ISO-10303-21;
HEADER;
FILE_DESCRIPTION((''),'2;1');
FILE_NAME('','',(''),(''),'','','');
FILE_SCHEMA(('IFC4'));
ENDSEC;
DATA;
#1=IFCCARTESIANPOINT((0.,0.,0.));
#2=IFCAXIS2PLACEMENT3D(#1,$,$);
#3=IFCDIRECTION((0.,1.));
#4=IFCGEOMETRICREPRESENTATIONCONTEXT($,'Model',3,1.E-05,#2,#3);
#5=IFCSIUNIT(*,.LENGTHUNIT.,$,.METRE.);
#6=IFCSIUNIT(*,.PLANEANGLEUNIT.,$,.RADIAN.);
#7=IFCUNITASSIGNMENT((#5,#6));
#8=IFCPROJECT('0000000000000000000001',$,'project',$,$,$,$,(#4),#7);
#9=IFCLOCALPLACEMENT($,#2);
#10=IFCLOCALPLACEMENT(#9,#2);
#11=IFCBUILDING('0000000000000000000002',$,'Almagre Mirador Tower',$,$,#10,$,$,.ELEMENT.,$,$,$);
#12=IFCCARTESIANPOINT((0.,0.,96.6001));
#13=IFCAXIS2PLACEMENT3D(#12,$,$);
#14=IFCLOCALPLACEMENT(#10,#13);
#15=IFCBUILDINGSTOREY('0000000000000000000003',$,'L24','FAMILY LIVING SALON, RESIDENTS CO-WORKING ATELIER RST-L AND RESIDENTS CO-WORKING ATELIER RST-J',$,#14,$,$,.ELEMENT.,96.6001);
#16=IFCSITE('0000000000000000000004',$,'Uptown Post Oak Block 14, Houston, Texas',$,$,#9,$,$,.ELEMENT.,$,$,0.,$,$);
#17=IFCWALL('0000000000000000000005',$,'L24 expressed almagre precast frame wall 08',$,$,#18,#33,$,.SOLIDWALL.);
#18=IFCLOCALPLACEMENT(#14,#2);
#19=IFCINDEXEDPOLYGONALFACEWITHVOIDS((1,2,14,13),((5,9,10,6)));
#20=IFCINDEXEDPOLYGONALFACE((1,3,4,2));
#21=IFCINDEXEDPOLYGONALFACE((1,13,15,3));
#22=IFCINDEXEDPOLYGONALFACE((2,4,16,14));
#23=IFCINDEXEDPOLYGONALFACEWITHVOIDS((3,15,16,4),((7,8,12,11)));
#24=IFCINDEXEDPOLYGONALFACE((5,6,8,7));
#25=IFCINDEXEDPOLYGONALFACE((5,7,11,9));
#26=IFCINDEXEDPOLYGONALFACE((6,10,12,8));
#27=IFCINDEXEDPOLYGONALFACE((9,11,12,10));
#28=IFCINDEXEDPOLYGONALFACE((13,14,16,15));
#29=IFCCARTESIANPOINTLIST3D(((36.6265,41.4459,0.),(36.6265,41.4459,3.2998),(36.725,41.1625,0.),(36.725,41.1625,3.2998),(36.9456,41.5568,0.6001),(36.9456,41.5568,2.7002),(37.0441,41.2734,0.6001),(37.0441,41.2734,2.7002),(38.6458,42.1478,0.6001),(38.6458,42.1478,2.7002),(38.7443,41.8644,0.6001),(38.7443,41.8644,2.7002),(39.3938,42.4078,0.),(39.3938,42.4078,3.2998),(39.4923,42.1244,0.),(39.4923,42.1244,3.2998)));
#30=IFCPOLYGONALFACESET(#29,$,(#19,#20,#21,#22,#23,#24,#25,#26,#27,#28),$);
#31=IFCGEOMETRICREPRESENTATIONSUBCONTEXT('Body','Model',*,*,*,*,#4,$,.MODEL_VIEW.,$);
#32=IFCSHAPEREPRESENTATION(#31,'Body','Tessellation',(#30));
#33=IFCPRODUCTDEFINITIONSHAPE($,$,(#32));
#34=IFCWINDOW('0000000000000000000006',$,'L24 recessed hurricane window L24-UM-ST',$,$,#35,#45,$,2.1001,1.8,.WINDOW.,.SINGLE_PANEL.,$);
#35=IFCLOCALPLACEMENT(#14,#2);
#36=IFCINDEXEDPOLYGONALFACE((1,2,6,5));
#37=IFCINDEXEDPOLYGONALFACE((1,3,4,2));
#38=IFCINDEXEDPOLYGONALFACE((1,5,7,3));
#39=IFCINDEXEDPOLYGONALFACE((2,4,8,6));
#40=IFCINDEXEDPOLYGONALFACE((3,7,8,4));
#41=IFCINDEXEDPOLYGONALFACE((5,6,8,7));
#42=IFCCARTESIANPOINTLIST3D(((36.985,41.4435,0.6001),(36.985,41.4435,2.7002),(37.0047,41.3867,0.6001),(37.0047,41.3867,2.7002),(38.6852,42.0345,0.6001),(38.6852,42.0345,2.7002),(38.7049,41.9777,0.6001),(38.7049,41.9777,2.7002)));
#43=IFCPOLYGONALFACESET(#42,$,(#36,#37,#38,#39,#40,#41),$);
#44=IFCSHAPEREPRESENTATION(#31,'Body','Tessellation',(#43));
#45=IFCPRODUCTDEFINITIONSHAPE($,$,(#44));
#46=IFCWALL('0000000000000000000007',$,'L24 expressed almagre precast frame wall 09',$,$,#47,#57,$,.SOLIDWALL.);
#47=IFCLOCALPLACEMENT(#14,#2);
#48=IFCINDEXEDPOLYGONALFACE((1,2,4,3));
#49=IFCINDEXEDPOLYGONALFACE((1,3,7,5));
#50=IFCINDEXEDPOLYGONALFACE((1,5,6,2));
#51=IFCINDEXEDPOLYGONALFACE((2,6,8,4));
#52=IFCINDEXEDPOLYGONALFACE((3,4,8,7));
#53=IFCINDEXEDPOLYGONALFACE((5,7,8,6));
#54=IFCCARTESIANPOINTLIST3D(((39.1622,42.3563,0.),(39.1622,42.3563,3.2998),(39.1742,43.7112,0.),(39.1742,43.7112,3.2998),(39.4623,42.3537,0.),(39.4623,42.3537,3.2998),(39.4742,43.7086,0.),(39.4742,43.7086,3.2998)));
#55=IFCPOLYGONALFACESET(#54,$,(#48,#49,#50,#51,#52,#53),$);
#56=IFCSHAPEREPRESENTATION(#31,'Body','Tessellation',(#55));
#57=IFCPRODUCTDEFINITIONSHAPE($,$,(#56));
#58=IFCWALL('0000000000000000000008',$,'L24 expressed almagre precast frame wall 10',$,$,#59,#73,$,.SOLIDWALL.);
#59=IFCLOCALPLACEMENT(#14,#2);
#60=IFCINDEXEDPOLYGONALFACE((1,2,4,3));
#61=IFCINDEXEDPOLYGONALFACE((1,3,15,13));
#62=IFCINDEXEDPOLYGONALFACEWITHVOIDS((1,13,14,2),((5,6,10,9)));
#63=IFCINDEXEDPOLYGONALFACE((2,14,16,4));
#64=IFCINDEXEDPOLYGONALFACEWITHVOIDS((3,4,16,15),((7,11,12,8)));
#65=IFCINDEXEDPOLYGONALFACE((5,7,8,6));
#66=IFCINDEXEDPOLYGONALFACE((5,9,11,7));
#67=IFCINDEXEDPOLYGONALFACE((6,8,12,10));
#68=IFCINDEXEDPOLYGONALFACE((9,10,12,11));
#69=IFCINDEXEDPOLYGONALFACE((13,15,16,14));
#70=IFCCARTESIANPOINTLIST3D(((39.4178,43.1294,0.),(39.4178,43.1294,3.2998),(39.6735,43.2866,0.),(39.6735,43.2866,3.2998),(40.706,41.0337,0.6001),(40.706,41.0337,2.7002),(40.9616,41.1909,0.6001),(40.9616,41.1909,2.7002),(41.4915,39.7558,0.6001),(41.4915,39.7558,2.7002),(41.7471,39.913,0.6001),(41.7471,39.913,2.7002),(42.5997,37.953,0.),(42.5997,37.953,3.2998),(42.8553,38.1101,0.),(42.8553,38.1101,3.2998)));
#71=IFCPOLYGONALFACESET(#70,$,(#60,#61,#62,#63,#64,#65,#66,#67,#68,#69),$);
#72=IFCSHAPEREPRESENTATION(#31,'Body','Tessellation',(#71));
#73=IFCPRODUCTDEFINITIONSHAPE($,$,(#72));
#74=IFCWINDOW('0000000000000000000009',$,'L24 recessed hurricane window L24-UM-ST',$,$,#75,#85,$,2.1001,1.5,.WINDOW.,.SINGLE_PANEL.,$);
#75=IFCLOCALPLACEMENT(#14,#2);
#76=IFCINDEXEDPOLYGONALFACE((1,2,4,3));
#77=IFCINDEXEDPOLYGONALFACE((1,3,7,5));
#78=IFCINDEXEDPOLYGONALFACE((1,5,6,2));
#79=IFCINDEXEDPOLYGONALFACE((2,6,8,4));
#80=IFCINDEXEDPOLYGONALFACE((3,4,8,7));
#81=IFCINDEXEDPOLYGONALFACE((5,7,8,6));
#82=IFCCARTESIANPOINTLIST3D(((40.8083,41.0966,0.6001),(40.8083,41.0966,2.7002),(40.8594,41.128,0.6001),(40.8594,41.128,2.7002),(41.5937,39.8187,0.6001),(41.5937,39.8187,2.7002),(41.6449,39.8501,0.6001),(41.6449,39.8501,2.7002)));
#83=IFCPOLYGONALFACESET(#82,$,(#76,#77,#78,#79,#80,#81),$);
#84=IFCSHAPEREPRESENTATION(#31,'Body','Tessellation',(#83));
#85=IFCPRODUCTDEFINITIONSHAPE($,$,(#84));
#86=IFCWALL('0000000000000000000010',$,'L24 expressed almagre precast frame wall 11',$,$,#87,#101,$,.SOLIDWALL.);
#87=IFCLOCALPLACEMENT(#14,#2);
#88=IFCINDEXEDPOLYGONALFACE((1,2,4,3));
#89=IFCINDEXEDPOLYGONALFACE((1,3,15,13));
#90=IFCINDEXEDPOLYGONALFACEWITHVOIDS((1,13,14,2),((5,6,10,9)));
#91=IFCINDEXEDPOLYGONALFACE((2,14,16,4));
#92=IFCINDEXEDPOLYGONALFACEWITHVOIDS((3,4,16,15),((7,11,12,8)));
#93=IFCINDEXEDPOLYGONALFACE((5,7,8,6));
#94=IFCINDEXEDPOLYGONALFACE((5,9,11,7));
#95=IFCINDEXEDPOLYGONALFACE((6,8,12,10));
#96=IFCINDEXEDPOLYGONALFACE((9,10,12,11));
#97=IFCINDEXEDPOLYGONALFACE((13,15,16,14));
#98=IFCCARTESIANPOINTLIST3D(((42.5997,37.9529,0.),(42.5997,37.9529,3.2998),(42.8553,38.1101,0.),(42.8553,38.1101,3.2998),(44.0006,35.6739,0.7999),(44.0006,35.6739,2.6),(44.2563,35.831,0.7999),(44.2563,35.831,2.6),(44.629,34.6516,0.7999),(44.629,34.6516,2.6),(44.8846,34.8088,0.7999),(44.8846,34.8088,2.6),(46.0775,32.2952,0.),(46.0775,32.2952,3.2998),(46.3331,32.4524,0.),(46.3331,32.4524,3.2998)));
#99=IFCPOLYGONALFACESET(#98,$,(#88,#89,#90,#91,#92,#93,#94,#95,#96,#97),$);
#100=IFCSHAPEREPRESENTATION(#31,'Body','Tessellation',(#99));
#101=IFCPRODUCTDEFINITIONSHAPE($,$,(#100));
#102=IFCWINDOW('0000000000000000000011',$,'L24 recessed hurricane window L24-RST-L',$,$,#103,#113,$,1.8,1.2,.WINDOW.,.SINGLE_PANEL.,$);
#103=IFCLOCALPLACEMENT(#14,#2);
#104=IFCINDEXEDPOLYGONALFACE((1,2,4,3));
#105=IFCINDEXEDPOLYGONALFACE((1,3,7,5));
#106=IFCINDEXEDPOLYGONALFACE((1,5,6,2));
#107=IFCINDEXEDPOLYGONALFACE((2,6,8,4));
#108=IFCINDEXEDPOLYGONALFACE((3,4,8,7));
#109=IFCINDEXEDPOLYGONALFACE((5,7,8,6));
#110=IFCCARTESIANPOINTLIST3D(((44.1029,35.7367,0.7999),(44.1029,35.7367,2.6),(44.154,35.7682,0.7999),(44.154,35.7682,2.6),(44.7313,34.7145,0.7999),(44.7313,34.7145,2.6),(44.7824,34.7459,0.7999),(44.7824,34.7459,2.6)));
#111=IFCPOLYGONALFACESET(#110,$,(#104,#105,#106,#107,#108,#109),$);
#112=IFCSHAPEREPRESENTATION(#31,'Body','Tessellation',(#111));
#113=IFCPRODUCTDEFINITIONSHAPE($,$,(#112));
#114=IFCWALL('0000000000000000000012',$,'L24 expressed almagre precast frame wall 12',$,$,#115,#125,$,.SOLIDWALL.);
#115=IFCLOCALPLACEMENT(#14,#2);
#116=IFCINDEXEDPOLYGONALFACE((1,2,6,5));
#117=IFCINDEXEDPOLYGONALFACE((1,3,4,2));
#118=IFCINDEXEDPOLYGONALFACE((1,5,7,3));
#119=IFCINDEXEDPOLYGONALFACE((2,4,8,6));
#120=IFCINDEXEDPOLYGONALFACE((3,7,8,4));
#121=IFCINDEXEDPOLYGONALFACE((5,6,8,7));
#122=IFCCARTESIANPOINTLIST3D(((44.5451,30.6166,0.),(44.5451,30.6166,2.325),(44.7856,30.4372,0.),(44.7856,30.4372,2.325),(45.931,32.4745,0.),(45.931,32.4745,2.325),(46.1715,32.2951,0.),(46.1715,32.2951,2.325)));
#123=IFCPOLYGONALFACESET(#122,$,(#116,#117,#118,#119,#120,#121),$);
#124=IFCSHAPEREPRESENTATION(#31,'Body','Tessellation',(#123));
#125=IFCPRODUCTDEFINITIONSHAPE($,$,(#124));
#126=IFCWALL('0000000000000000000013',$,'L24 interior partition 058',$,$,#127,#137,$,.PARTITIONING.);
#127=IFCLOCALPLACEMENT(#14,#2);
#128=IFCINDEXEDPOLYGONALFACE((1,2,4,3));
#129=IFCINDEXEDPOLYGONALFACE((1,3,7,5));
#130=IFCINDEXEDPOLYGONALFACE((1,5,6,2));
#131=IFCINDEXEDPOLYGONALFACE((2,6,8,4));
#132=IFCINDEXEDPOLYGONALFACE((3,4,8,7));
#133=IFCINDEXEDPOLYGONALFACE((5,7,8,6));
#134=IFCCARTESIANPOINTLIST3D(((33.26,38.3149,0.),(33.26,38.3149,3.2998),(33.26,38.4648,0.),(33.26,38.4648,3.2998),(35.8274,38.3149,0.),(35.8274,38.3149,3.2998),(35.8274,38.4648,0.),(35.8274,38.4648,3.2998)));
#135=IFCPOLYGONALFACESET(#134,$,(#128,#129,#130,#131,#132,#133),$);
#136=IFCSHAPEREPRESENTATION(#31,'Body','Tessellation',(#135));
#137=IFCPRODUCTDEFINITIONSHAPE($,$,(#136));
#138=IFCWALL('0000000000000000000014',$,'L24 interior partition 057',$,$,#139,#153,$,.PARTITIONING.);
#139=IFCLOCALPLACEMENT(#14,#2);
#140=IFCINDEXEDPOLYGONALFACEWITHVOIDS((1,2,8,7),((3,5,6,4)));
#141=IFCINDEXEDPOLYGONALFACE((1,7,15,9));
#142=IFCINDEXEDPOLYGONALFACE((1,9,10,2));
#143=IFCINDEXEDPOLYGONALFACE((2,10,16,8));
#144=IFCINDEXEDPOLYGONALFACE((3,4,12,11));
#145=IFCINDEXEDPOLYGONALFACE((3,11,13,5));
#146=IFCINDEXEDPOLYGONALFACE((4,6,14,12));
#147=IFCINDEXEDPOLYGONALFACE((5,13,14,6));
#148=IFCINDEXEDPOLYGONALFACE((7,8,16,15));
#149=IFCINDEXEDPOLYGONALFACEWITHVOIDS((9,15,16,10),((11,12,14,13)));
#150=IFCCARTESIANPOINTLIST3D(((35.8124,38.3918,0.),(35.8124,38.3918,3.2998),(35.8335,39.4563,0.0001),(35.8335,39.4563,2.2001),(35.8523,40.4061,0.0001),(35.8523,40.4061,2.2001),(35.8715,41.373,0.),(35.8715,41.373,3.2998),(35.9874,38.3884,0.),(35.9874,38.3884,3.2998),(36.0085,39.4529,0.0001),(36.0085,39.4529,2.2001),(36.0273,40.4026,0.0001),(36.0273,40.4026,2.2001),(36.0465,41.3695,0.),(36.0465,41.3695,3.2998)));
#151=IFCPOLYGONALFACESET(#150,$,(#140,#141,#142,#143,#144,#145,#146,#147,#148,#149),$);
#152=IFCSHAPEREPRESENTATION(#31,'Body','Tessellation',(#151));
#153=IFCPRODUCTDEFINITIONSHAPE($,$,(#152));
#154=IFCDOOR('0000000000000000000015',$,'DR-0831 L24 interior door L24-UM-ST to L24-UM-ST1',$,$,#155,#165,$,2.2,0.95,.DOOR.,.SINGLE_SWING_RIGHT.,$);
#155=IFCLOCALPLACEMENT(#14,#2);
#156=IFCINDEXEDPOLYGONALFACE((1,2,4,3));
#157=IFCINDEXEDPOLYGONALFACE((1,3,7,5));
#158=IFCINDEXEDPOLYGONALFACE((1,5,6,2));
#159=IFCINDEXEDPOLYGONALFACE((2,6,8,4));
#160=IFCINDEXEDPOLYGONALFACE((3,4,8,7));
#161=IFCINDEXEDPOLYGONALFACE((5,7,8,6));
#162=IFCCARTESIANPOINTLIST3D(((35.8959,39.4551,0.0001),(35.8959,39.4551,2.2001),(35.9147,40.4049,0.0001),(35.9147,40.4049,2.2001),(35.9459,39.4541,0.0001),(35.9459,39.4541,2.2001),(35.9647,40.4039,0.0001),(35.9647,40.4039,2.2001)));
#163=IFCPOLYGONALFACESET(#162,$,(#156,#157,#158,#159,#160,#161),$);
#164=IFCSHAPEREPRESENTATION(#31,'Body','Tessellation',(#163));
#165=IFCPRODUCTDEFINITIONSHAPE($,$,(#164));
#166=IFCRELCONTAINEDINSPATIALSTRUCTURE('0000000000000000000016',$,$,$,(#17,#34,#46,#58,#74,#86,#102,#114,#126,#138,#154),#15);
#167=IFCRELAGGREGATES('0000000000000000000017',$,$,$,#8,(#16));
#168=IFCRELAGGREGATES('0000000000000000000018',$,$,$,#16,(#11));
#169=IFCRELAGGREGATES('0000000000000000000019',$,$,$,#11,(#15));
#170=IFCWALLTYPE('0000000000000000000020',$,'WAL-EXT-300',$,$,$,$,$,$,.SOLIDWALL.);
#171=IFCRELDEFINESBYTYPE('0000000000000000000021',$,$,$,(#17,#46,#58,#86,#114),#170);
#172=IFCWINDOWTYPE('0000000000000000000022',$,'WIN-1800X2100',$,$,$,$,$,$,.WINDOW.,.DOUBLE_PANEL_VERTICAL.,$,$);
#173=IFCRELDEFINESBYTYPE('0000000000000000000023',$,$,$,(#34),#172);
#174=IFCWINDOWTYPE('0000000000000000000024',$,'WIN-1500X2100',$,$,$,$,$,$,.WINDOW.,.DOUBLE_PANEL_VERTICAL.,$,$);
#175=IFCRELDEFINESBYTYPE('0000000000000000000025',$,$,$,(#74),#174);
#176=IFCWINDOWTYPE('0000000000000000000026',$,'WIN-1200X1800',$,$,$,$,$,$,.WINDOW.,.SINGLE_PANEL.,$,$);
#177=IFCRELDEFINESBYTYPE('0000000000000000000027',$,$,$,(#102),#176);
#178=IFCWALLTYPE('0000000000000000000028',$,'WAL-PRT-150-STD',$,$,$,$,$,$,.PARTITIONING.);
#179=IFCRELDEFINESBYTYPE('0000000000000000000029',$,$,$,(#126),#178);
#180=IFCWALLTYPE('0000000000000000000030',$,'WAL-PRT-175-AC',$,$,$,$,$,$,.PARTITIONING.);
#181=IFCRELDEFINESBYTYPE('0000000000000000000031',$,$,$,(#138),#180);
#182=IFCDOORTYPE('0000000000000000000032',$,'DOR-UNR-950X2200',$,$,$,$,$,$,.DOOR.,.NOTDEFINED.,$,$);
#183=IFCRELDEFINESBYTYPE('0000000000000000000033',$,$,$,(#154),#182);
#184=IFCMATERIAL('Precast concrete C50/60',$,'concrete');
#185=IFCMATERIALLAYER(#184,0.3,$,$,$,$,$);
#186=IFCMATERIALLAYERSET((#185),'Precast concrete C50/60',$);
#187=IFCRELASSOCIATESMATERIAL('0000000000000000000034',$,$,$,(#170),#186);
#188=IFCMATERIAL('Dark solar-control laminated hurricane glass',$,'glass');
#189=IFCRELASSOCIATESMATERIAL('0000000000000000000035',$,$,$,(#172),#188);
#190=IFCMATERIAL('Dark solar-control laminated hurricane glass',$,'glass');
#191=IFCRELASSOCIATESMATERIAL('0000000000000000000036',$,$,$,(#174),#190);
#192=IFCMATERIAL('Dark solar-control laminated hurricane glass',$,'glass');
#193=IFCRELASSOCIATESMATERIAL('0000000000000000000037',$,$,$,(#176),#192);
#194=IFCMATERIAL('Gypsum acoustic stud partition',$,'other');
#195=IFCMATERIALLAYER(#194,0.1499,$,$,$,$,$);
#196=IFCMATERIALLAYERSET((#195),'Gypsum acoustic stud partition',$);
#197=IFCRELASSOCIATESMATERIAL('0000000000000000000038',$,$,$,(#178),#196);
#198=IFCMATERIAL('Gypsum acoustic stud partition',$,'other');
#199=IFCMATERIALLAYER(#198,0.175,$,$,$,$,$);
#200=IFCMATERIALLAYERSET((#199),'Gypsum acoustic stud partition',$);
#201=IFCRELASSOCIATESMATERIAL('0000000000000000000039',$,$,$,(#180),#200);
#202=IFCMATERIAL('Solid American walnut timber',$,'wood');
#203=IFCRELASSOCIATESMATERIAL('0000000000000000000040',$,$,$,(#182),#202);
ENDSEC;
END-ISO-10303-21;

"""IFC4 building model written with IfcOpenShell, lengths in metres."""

from ifc_helpers import new_model, si_unit, direction, frame, frame_2d, origin, place, context, subcontext, project, spatial, rectangle, extrude, material, layer, layer_set, type_object, element, fill, save


model = new_model("IFC4")

# Units and contexts
model_context = context("Model", 3, precision=1e-05, world=origin(), true_north=direction((0.0, 1.0)))
body_context = subcontext(model_context, "Body", "Model", "MODEL_VIEW")
ifc_project = project(units=[si_unit("LENGTHUNIT", "METRE"), si_unit("PLANEANGLEUNIT", "RADIAN")], contexts=[model_context])

# Site, building, storey
site_placement = place(None, origin())
site = spatial("IfcSite", under=ifc_project, at=site_placement, Name="Uptown Post Oak Block 14, Houston, Texas", CompositionType="ELEMENT", RefElevation=0.0)
building_placement = place(site_placement, origin())
building = spatial("IfcBuilding", under=site, at=building_placement, Name="Almagre Mirador Tower", CompositionType="ELEMENT")
storey_placement = place(building_placement, frame((0.0, 0.0, 96.6001)))
storey = spatial("IfcBuildingStorey", under=building, at=storey_placement, Name="L24", Description="FAMILY LIVING SALON, RESIDENTS CO-WORKING ATELIER RST-L AND RESIDENTS CO-WORKING ATELIER RST-J", CompositionType="ELEMENT", Elevation=96.6001)

# Wall, opening, window
ifc_material_1 = material(Name="Precast concrete C50/60", Category="concrete")
ifc_layer_1 = layer(ifc_material_1, 0.3)
ifc_layer_set_1 = layer_set([ifc_layer_1], Name="Precast concrete C50/60")
wall_type_1 = type_object("IfcWallType", Name="WAL-EXT-300", PredefinedType="SOLIDWALL", material=ifc_layer_set_1)
wall_1_placement = place(storey_placement, frame((36.6758, 41.3042, 0.0), z_axis=(0.0, 0.0, 1.0), x_axis=(0.944564, 0.328327, 0.0)))
wall_1 = element("IfcWall", 1, at=wall_1_placement, inside=storey, type_object=wall_type_1, Name="L24 expressed almagre precast frame wall 08", PredefinedType="SOLIDWALL", context=body_context, shape_type="SweptSolid", body=[
    extrude(rectangle(XDim=2.9297, YDim=0.3, at=frame_2d((1.4648, 0.0))), origin(), (0.0, 0.0, 1.0), 3.2998),
])
opening_1_placement = place(wall_1_placement, frame((0.3379, 0.0, 0.6001)))
opening_1 = element("IfcOpeningElement", 2, at=opening_1_placement, cuts=wall_1, PredefinedType="OPENING", context=body_context, shape_type="SweptSolid", body=[
    extrude(rectangle(XDim=1.8, YDim=2.1001, at=frame_2d((0.8999, 1.05))), frame((0.0, 0.1599, 0.0), z_axis=(0.0, -1.0, 0.0), x_axis=(1.0, 0.0, 0.0)), (0.0, 0.0, 1.0), 0.32),
])
ifc_material_2 = material(Name="Dark solar-control laminated hurricane glass", Category="glass")
window_type_1 = type_object("IfcWindowType", Name="WIN-1800X2100", PartitioningType="DOUBLE_PANEL_VERTICAL", PredefinedType="WINDOW", material=ifc_material_2)
window_1_placement = place(opening_1_placement, origin())
window_1 = element("IfcWindow", 3, at=window_1_placement, inside=storey, type_object=window_type_1, Name="L24 recessed hurricane window L24-UM-ST", OverallHeight=2.1001, OverallWidth=1.8, PartitioningType="SINGLE_PANEL", PredefinedType="WINDOW", context=body_context, shape_type="SweptSolid", body=[
    extrude(rectangle(XDim=1.8, YDim=2.1001, at=frame_2d((0.8999, 1.05))), frame((0.0, 0.03, 0.0), z_axis=(0.0, -1.0, 0.0), x_axis=(1.0, 0.0, 0.0)), (0.0, 0.0, 1.0), 0.0601),
])
fill(opening_1, window_1)

# Wall
wall_2_placement = place(storey_placement, frame((39.3123, 42.355, 0.0), z_axis=(0.0, 0.0, 1.0), x_axis=(0.008828, 0.999961, 0.0)))
element("IfcWall", 4, at=wall_2_placement, inside=storey, type_object=wall_type_1, Name="L24 expressed almagre precast frame wall 09", PredefinedType="SOLIDWALL", context=body_context, shape_type="SweptSolid", body=[
    extrude(rectangle(XDim=1.355, YDim=0.3, at=frame_2d((0.6775, 0.0))), origin(), (0.0, 0.0, 1.0), 3.2998),
])

# Walls, openings, windows
wall_3_placement = place(storey_placement, frame((39.5457, 43.208, 0.0), z_axis=(0.0, 0.0, 1.0), x_axis=(0.52366, -0.851927, 0.0)))
wall_3 = element("IfcWall", 5, at=wall_3_placement, inside=storey, type_object=wall_type_1, Name="L24 expressed almagre precast frame wall 10", PredefinedType="SOLIDWALL", context=body_context, shape_type="SweptSolid", body=[
    extrude(rectangle(XDim=6.0762, YDim=0.3, at=frame_2d((3.0381, 0.0))), origin(), (0.0, 0.0, 1.0), 3.2998),
])
opening_2_placement = place(wall_3_placement, frame((2.46, 0.0, 0.6001)))
opening_2 = element("IfcOpeningElement", 6, at=opening_2_placement, cuts=wall_3, PredefinedType="OPENING", context=body_context, shape_type="SweptSolid", body=[
    extrude(rectangle(XDim=1.5, YDim=2.1001, at=frame_2d((0.75, 1.05))), frame((0.0, 0.1599, 0.0), z_axis=(0.0, -1.0, 0.0), x_axis=(1.0, 0.0, 0.0)), (0.0, 0.0, 1.0), 0.32),
])
ifc_material_3 = material(Name="Dark solar-control laminated hurricane glass", Category="glass")
window_type_2 = type_object("IfcWindowType", Name="WIN-1500X2100", PartitioningType="DOUBLE_PANEL_VERTICAL", PredefinedType="WINDOW", material=ifc_material_3)
window_2_placement = place(opening_2_placement, origin())
window_2 = element("IfcWindow", 7, at=window_2_placement, inside=storey, type_object=window_type_2, Name="L24 recessed hurricane window L24-UM-ST", OverallHeight=2.1001, OverallWidth=1.5, PartitioningType="SINGLE_PANEL", PredefinedType="WINDOW", context=body_context, shape_type="SweptSolid", body=[
    extrude(rectangle(XDim=1.5, YDim=2.1001, at=frame_2d((0.75, 1.05))), frame((0.0, 0.03, 0.0), z_axis=(0.0, -1.0, 0.0), x_axis=(1.0, 0.0, 0.0)), (0.0, 0.0, 1.0), 0.0601),
])
fill(opening_2, window_2)
wall_4_placement = place(storey_placement, frame((42.7275, 38.0315, 0.0), z_axis=(0.0, 0.0, 1.0), x_axis=(0.523673, -0.851919, 0.0)))
wall_4 = element("IfcWall", 8, at=wall_4_placement, inside=storey, type_object=wall_type_1, Name="L24 expressed almagre precast frame wall 11", PredefinedType="SOLIDWALL", context=body_context, shape_type="SweptSolid", body=[
    extrude(rectangle(XDim=6.6411, YDim=0.3, at=frame_2d((3.3206, 0.0))), origin(), (0.0, 0.0, 1.0), 3.2998),
])
opening_3_placement = place(wall_4_placement, frame((2.675, 0.0, 0.8)))
opening_3 = element("IfcOpeningElement", 9, at=opening_3_placement, cuts=wall_4, PredefinedType="OPENING", context=body_context, shape_type="SweptSolid", body=[
    extrude(rectangle(XDim=1.2, YDim=1.8, at=frame_2d((0.6001, 0.8999))), frame((0.0, 0.1599, 0.0), z_axis=(0.0, -1.0, 0.0), x_axis=(1.0, 0.0, 0.0)), (0.0, 0.0, 1.0), 0.32),
])
ifc_material_4 = material(Name="Dark solar-control laminated hurricane glass", Category="glass")
window_type_3 = type_object("IfcWindowType", Name="WIN-1200X1800", PartitioningType="SINGLE_PANEL", PredefinedType="WINDOW", material=ifc_material_4)
window_3_placement = place(opening_3_placement, origin())
window_3 = element("IfcWindow", 10, at=window_3_placement, inside=storey, type_object=window_type_3, Name="L24 recessed hurricane window L24-RST-L", OverallHeight=1.8, OverallWidth=1.2, PartitioningType="SINGLE_PANEL", PredefinedType="WINDOW", context=body_context, shape_type="SweptSolid", body=[
    extrude(rectangle(XDim=1.2, YDim=1.8, at=frame_2d((0.6001, 0.8999))), frame((0.0, 0.03, 0.0), z_axis=(0.0, -1.0, 0.0), x_axis=(1.0, 0.0, 0.0)), (0.0, 0.0, 1.0), 0.0601),
])
fill(opening_3, window_3)

# Walls
wall_5_placement = place(storey_placement, frame((46.0513, 32.3848, 0.0), z_axis=(0.0, 0.0, 1.0), x_axis=(-0.597942, -0.801539, 0.0)))
element("IfcWall", 11, at=wall_5_placement, inside=storey, type_object=wall_type_1, Name="L24 expressed almagre precast frame wall 12", PredefinedType="SOLIDWALL", context=body_context, shape_type="SweptSolid", body=[
    extrude(rectangle(XDim=2.3179, YDim=0.3, at=frame_2d((1.1589, 0.0))), origin(), (0.0, 0.0, 1.0), 2.325),
])
ifc_material_5 = material(Name="Gypsum acoustic stud partition", Category="other")
ifc_layer_2 = layer(ifc_material_5, 0.1499)
ifc_layer_set_2 = layer_set([ifc_layer_2], Name="Gypsum acoustic stud partition")
wall_type_2 = type_object("IfcWallType", Name="WAL-PRT-150-STD", PredefinedType="PARTITIONING", material=ifc_layer_set_2)
wall_6_placement = place(storey_placement, frame((35.8274, 38.3899, 0.0), z_axis=(0.0, 0.0, 1.0), x_axis=(-1.0, 0.0, 0.0)))
element("IfcWall", 12, at=wall_6_placement, inside=storey, type_object=wall_type_2, Name="L24 interior partition 058", PredefinedType="PARTITIONING", context=body_context, shape_type="SweptSolid", body=[
    extrude(rectangle(XDim=2.5674, YDim=0.1499, at=frame_2d((1.2837, 0.0))), origin(), (0.0, 0.0, 1.0), 3.2998),
])

# Wall, opening, door
ifc_material_6 = material(Name="Gypsum acoustic stud partition", Category="other")
ifc_layer_3 = layer(ifc_material_6, 0.175)
ifc_layer_set_3 = layer_set([ifc_layer_3], Name="Gypsum acoustic stud partition")
wall_type_3 = type_object("IfcWallType", Name="WAL-PRT-175-AC", PredefinedType="PARTITIONING", material=ifc_layer_set_3)
wall_7_placement = place(storey_placement, frame((35.959, 41.3711, 0.0), z_axis=(0.0, 0.0, 1.0), x_axis=(-0.019814, -0.999804, 0.0)))
wall_7 = element("IfcWall", 13, at=wall_7_placement, inside=storey, type_object=wall_type_3, Name="L24 interior partition 057", PredefinedType="PARTITIONING", context=body_context, shape_type="SweptSolid", body=[
    extrude(rectangle(XDim=2.9817, YDim=0.175, at=frame_2d((1.4907, 0.0))), origin(), (0.0, 0.0, 1.0), 3.2998),
])
opening_4_placement = place(wall_7_placement, frame((0.9668, 0.0, 0.0)))
opening_4 = element("IfcOpeningElement", 14, at=opening_4_placement, cuts=wall_7, PredefinedType="OPENING", context=body_context, shape_type="SweptSolid", body=[
    extrude(rectangle(XDim=0.95, YDim=2.2, at=frame_2d((0.4751, 1.1001))), frame((0.0, 0.0974, 0.0), z_axis=(0.0, -1.0, 0.0), x_axis=(1.0, 0.0, 0.0)), (0.0, 0.0, 1.0), 0.195),
])
ifc_material_7 = material(Name="Solid American walnut timber", Category="wood")
door_type_1 = type_object("IfcDoorType", Name="DOR-UNR-950X2200", OperationType="NOTDEFINED", PredefinedType="DOOR", material=ifc_material_7)
door_1_placement = place(opening_4_placement, origin())
door_1 = element("IfcDoor", 15, at=door_1_placement, inside=storey, type_object=door_type_1, Name="DR-0831 L24 interior door L24-UM-ST to L24-UM-ST1", OperationType="SINGLE_SWING_RIGHT", OverallHeight=2.2, OverallWidth=0.95, PredefinedType="DOOR", context=body_context, shape_type="SweptSolid", body=[
    extrude(rectangle(XDim=0.95, YDim=2.2, at=frame_2d((0.4751, 1.1001))), frame((0.0, 0.0249, 0.0), z_axis=(0.0, -1.0, 0.0), x_axis=(1.0, 0.0, 0.0)), (0.0, 0.0, 1.0), 0.05),
])
fill(opening_4, door_1)

save(model, "model.ifc")
